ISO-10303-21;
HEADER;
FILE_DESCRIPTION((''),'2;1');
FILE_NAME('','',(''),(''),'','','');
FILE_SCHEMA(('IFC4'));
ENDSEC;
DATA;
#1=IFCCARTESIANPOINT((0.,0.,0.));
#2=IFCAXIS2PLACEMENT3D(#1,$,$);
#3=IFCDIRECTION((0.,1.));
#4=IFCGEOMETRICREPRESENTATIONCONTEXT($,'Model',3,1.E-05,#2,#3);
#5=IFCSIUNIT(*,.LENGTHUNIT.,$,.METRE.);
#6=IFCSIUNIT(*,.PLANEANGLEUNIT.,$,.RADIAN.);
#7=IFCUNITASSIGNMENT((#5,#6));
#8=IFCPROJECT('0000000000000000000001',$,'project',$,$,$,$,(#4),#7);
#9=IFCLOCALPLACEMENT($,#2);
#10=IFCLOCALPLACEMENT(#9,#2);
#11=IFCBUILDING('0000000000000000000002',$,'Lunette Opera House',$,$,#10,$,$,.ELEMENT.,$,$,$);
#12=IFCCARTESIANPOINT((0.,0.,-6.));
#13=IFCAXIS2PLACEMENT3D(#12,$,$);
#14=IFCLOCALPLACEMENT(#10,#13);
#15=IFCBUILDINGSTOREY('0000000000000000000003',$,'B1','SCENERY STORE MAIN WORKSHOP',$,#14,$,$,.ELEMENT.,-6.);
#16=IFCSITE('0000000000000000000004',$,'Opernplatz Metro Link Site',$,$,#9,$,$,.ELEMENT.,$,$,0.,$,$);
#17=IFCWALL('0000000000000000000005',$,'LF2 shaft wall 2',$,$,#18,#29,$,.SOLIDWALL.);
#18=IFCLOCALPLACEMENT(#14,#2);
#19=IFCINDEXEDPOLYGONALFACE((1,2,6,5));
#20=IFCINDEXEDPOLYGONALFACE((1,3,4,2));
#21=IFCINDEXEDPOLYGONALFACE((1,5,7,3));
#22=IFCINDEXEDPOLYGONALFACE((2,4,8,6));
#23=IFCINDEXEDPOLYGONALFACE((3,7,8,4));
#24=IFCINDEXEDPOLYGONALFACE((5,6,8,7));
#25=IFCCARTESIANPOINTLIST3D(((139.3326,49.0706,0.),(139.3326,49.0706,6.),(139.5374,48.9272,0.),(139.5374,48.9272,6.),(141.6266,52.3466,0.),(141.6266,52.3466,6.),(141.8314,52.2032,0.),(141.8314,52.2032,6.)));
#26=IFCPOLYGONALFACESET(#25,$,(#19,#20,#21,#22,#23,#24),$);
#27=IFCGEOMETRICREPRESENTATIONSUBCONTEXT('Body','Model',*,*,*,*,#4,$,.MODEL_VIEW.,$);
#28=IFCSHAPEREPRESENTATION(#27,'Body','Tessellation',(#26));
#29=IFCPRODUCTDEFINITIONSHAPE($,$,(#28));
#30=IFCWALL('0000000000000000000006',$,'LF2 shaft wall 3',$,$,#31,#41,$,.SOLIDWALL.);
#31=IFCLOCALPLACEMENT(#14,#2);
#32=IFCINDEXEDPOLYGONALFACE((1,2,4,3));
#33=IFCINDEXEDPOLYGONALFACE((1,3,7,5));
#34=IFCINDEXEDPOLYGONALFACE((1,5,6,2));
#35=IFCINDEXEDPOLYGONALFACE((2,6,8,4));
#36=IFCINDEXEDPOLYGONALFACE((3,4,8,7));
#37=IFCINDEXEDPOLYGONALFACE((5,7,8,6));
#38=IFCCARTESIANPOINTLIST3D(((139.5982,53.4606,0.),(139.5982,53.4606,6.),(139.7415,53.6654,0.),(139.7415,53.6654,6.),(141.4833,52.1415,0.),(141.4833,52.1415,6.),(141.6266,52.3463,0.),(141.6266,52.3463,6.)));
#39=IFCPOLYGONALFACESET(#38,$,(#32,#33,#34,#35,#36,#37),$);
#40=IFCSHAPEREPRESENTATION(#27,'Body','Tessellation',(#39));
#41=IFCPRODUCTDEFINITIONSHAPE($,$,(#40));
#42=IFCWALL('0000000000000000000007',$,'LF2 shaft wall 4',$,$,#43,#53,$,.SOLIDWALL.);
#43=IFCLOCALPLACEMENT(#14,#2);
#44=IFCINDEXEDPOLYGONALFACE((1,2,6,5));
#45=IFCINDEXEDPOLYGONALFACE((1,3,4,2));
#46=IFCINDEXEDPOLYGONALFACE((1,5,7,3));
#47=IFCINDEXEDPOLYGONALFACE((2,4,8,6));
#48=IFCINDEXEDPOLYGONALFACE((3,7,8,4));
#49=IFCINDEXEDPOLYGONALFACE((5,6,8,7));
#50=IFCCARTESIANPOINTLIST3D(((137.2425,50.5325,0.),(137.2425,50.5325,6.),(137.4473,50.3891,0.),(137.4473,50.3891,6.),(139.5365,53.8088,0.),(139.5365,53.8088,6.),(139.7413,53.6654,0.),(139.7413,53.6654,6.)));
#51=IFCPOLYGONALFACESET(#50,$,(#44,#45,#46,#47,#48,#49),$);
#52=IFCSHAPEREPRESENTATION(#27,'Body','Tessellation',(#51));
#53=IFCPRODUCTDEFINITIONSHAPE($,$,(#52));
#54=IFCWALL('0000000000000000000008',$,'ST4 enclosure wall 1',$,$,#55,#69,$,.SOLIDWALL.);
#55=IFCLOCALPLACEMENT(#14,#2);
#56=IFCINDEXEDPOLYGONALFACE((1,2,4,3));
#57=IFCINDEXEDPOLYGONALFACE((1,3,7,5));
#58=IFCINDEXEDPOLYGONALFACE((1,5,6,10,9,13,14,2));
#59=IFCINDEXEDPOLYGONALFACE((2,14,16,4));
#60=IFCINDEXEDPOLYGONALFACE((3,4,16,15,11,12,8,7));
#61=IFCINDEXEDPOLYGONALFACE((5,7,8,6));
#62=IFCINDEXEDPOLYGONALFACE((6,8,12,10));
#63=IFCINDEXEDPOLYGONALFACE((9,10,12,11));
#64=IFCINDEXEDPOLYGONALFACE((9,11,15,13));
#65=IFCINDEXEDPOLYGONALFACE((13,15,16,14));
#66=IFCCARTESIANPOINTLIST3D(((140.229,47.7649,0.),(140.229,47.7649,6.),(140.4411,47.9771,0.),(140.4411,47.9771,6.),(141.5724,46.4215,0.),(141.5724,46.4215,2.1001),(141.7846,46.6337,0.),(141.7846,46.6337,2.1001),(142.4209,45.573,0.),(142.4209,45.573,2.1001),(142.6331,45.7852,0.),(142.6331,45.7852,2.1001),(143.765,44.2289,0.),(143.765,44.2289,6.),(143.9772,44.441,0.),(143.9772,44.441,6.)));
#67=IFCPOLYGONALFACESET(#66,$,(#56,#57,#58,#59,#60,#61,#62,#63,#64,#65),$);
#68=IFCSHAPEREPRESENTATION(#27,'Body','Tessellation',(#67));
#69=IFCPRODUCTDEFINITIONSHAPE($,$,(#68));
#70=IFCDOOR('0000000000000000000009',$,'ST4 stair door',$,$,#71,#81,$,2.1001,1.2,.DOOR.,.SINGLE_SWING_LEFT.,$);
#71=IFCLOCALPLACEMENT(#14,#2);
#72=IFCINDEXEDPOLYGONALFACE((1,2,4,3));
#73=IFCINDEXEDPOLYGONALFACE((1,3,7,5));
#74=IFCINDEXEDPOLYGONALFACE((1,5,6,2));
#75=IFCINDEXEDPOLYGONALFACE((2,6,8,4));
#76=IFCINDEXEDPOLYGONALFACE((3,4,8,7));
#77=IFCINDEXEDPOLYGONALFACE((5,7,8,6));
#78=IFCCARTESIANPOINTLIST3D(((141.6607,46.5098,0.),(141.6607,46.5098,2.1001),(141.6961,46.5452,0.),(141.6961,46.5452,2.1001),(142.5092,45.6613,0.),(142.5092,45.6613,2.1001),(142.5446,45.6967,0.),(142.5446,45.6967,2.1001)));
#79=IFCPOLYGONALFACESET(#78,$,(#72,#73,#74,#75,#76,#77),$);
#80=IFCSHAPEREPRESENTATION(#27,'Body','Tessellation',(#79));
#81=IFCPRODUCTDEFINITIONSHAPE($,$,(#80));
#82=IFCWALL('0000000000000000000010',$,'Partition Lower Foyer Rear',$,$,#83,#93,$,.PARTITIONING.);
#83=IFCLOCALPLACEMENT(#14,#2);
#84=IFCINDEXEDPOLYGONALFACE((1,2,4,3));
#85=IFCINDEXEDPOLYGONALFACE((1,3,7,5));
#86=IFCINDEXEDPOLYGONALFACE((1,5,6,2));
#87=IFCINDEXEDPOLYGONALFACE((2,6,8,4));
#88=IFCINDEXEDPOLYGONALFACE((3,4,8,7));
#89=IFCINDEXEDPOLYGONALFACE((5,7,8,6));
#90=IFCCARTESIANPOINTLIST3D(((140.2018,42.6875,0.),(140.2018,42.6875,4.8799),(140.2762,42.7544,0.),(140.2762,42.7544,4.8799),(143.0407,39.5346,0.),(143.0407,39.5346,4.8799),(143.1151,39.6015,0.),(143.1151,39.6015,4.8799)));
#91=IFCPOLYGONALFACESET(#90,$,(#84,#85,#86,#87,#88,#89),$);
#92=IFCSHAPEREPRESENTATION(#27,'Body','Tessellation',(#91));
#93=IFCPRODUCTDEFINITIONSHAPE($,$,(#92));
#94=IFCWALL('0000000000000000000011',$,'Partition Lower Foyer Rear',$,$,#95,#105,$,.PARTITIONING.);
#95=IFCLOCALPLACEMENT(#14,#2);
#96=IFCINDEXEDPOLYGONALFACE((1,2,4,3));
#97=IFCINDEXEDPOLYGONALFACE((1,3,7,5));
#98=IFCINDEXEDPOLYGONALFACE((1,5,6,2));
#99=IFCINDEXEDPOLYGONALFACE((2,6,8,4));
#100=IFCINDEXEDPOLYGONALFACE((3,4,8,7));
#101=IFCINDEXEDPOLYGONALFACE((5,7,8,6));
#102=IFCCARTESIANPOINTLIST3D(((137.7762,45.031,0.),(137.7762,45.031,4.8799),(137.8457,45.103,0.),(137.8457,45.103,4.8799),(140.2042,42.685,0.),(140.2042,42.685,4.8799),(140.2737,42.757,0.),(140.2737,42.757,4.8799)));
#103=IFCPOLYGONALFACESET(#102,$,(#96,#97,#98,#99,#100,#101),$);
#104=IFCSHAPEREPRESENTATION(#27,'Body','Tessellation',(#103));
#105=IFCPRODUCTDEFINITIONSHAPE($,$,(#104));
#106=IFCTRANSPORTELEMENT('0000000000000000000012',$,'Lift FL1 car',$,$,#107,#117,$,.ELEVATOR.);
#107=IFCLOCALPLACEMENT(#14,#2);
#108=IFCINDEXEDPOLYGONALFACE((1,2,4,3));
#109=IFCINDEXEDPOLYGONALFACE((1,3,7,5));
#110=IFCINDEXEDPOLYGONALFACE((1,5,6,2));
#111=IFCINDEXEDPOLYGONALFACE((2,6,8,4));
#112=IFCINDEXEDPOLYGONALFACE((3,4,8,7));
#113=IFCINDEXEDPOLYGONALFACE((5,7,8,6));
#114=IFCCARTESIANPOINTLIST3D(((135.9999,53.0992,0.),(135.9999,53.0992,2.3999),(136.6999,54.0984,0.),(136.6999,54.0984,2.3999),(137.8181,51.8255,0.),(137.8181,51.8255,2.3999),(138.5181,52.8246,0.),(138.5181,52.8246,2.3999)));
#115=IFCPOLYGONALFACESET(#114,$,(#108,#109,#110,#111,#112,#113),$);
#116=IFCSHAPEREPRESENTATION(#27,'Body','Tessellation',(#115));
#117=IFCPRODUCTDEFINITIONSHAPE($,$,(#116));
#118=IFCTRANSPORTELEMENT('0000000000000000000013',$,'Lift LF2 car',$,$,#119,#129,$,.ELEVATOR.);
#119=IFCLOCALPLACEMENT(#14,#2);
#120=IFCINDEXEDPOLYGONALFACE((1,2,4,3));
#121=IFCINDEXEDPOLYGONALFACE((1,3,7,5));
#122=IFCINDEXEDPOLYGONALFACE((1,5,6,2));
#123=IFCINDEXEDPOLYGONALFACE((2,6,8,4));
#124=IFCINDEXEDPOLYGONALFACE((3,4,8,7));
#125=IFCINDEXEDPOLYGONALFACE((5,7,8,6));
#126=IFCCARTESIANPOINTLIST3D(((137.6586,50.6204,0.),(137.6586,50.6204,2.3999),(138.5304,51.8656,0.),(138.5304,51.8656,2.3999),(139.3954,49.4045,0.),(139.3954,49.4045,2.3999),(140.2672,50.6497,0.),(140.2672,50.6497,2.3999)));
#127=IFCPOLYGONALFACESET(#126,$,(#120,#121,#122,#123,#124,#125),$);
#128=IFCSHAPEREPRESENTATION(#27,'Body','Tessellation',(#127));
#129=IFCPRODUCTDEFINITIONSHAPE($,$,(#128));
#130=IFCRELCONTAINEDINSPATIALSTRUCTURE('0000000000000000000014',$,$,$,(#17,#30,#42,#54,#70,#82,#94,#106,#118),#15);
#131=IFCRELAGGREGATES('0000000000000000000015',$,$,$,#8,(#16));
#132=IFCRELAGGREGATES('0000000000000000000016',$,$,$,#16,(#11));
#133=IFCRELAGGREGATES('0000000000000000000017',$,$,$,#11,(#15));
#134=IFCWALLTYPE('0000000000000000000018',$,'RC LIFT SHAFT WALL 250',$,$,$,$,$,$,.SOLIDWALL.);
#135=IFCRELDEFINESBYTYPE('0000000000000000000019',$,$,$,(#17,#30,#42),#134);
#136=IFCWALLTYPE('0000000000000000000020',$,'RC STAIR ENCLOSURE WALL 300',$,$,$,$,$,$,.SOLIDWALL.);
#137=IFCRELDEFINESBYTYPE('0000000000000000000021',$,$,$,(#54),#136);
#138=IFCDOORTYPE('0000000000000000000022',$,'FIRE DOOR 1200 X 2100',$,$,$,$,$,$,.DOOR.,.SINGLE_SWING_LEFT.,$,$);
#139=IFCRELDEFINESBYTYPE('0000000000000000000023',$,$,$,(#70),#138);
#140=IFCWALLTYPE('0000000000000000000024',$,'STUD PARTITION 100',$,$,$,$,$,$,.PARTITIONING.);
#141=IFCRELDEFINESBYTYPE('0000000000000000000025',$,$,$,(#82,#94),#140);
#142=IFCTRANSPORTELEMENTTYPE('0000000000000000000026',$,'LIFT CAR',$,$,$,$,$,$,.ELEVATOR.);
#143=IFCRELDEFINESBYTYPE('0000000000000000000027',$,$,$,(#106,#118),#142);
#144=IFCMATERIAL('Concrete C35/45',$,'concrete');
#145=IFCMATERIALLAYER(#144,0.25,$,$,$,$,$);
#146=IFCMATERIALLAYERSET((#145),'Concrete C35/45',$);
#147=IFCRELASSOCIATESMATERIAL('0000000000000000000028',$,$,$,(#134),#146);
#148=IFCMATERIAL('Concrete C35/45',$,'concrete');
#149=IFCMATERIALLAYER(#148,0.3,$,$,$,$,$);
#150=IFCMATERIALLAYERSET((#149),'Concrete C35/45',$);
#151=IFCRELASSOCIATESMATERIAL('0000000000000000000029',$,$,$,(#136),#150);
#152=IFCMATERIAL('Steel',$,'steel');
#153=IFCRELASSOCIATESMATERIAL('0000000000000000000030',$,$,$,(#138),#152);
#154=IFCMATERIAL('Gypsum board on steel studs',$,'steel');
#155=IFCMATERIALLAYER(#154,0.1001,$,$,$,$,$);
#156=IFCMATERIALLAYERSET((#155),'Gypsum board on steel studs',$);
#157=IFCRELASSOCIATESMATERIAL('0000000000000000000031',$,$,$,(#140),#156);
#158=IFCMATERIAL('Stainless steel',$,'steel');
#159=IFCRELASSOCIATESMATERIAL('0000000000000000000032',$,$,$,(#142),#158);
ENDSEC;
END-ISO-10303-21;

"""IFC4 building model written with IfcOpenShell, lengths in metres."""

from ifc_helpers import new_model, si_unit, direction, frame, frame_2d, origin, origin_2d, place, context, subcontext, project, spatial, rectangle, extrude, material, layer, layer_set, type_object, element, fill, save


model = new_model("IFC4")

# Units and contexts
model_context = context("Model", 3, precision=1e-05, world=origin(), true_north=direction((0.0, 1.0)))
body_context = subcontext(model_context, "Body", "Model", "MODEL_VIEW")
ifc_project = project(units=[si_unit("LENGTHUNIT", "METRE"), si_unit("PLANEANGLEUNIT", "RADIAN")], contexts=[model_context])

# Site, building, storey
site_placement = place(None, origin())
site = spatial("IfcSite", under=ifc_project, at=site_placement, Name="Opernplatz Metro Link Site", CompositionType="ELEMENT", RefElevation=0.0)
building_placement = place(site_placement, origin())
building = spatial("IfcBuilding", under=site, at=building_placement, Name="Lunette Opera House", CompositionType="ELEMENT")
storey_placement = place(building_placement, frame((0.0, 0.0, -6.0)))
storey = spatial("IfcBuildingStorey", under=building, at=storey_placement, Name="B1", Description="SCENERY STORE MAIN WORKSHOP", CompositionType="ELEMENT", Elevation=-6.0)

# Shared definitions
ifc_material_1 = material(Name="Concrete C35/45", Category="concrete")
ifc_layer_1 = layer(ifc_material_1, 0.25)
ifc_layer_set_1 = layer_set([ifc_layer_1], Name="Concrete C35/45")
wall_type_1 = type_object("IfcWallType", Name="RC LIFT SHAFT WALL 250", PredefinedType="SOLIDWALL", material=ifc_layer_set_1)

# Walls
wall_1_placement = place(storey_placement, frame((139.4351, 48.999, 0.0), z_axis=(0.0, 0.0, 1.0), x_axis=(0.573602, 0.819134, 0.0)))
element("IfcWall", 1, at=wall_1_placement, inside=storey, type_object=wall_type_1, Name="LF2 shaft wall 2", PredefinedType="SOLIDWALL", context=body_context, shape_type="SweptSolid", body=[
    extrude(rectangle(XDim=3.9993, YDim=0.25, at=frame_2d((1.9995, 0.0))), origin(), (0.0, 0.0, 1.0), 6.0),
])
wall_2_placement = place(storey_placement, frame((141.5549, 52.2439, 0.0), z_axis=(0.0, 0.0, 1.0), x_axis=(-0.819317, 0.573341, 0.0)))
element("IfcWall", 2, at=wall_2_placement, inside=storey, type_object=wall_type_1, Name="LF2 shaft wall 3", PredefinedType="SOLIDWALL", context=body_context, shape_type="SweptSolid", body=[
    extrude(rectangle(XDim=2.3008, YDim=0.25, at=frame_2d((1.1504, 0.0))), origin(), (0.0, 0.0, 1.0), 6.0),
])
wall_3_placement = place(storey_placement, frame((139.6389, 53.7371, 0.0), z_axis=(0.0, 0.0, 1.0), x_axis=(-0.573573, -0.819154, 0.0)))
element("IfcWall", 3, at=wall_3_placement, inside=storey, type_object=wall_type_1, Name="LF2 shaft wall 4", PredefinedType="SOLIDWALL", context=body_context, shape_type="SweptSolid", body=[
    extrude(rectangle(XDim=3.9995, YDim=0.25, at=frame_2d((1.9998, 0.0))), origin(), (0.0, 0.0, 1.0), 6.0),
])

# Wall, opening, door
ifc_material_2 = material(Name="Concrete C35/45", Category="concrete")
ifc_layer_2 = layer(ifc_material_2, 0.3)
ifc_layer_set_2 = layer_set([ifc_layer_2], Name="Concrete C35/45")
wall_type_2 = type_object("IfcWallType", Name="RC STAIR ENCLOSURE WALL 300", PredefinedType="SOLIDWALL", material=ifc_layer_set_2)
wall_4_placement = place(storey_placement, frame((140.335, 47.8711, 0.0), z_axis=(0.0, 0.0, 1.0), x_axis=(0.707107, -0.707107, 0.0)))
wall_4 = element("IfcWall", 4, at=wall_4_placement, inside=storey, type_object=wall_type_2, Name="ST4 enclosure wall 1", PredefinedType="SOLIDWALL", context=body_context, shape_type="SweptSolid", body=[
    extrude(rectangle(XDim=5.0007, YDim=0.3, at=frame_2d((2.5005, 0.0))), origin(), (0.0, 0.0, 1.0), 6.0),
])
opening_1_placement = place(wall_4_placement, frame((1.8999, 0.0, 0.0)))
opening_1 = element("IfcOpeningElement", 5, at=opening_1_placement, cuts=wall_4, PredefinedType="OPENING", context=body_context, shape_type="SweptSolid", body=[
    extrude(rectangle(XDim=1.2, YDim=2.1001, at=frame_2d((0.6001, 1.05))), frame((0.0, 0.1621, 0.0), z_axis=(0.0, -1.0, 0.0), x_axis=(1.0, 0.0, 0.0)), (0.0, 0.0, 1.0), 0.324),
])
ifc_material_3 = material(Name="Steel", Category="steel")
door_type_1 = type_object("IfcDoorType", Name="FIRE DOOR 1200 X 2100", OperationType="SINGLE_SWING_LEFT", PredefinedType="DOOR", material=ifc_material_3)
door_1_placement = place(opening_1_placement, origin())
door_1 = element("IfcDoor", 6, at=door_1_placement, inside=storey, type_object=door_type_1, Name="ST4 stair door", OperationType="SINGLE_SWING_LEFT", OverallHeight=2.1001, OverallWidth=1.2, PredefinedType="DOOR", context=body_context, shape_type="SweptSolid", body=[
    extrude(rectangle(XDim=1.2, YDim=2.1001, at=frame_2d((0.6001, 1.05))), frame((0.0, 0.0249, 0.0), z_axis=(0.0, -1.0, 0.0), x_axis=(1.0, 0.0, 0.0)), (0.0, 0.0, 1.0), 0.05),
])
fill(opening_1, door_1)

# Walls
ifc_material_4 = material(Name="Gypsum board on steel studs", Category="steel")
ifc_layer_3 = layer(ifc_material_4, 0.1001)
ifc_layer_set_3 = layer_set([ifc_layer_3], Name="Gypsum board on steel studs")
wall_type_3 = type_object("IfcWallType", Name="STUD PARTITION 100", PredefinedType="PARTITIONING", material=ifc_layer_set_3)
wall_5_placement = place(storey_placement, frame((140.239, 42.7209, 0.0), z_axis=(0.0, 0.0, 1.0), x_axis=(0.669136, -0.74314, 0.0)))
element("IfcWall", 7, at=wall_5_placement, inside=storey, type_object=wall_type_3, Name="Partition Lower Foyer Rear", PredefinedType="PARTITIONING", context=body_context, shape_type="SweptSolid", body=[
    extrude(rectangle(XDim=4.2427, YDim=0.1001, at=frame_2d((2.1213, 0.0))), origin(), (0.0, 0.0, 1.0), 4.8799),
])
wall_6_placement = place(storey_placement, frame((137.811, 45.0669, 0.0), z_axis=(0.0, 0.0, 1.0), x_axis=(0.719151, -0.694854, 0.0)))
element("IfcWall", 8, at=wall_6_placement, inside=storey, type_object=wall_type_3, Name="Partition Lower Foyer Rear", PredefinedType="PARTITIONING", context=body_context, shape_type="SweptSolid", body=[
    extrude(rectangle(XDim=3.3762, YDim=0.1001, at=frame_2d((1.688, 0.0))), origin(), (0.0, 0.0, 1.0), 4.8799),
])

# Transport elements
ifc_material_5 = material(Name="Stainless steel", Category="steel")
transport_element_type = type_object("IfcTransportElementType", Name="LIFT CAR", PredefinedType="ELEVATOR", material=ifc_material_5)
transport_element_1_placement = place(storey_placement, frame((137.259, 52.9619, 0.0), z_axis=(0.0, 0.0, 1.0), x_axis=(-0.573762, -0.819022, 0.0)))
element("IfcTransportElement", 9, at=transport_element_1_placement, inside=storey, type_object=transport_element_type, Name="Lift FL1 car", PredefinedType="ELEVATOR", context=body_context, shape_type="SweptSolid", body=[
    extrude(rectangle(XDim=1.22, YDim=2.22, at=origin_2d()), origin(), (0.0, 0.0, 1.0), 2.3999),
])
transport_element_2_placement = place(storey_placement, frame((138.9629, 50.635, 0.0), z_axis=(0.0, 0.0, 1.0), x_axis=(0.819202, -0.573505, 0.0)))
element("IfcTransportElement", 10, at=transport_element_2_placement, inside=storey, type_object=transport_element_type, Name="Lift LF2 car", PredefinedType="ELEVATOR", context=body_context, shape_type="SweptSolid", body=[
    extrude(rectangle(XDim=2.1201, YDim=1.52, at=origin_2d()), origin(), (0.0, 0.0, 1.0), 2.3999),
])

save(model, "model.ifc")
